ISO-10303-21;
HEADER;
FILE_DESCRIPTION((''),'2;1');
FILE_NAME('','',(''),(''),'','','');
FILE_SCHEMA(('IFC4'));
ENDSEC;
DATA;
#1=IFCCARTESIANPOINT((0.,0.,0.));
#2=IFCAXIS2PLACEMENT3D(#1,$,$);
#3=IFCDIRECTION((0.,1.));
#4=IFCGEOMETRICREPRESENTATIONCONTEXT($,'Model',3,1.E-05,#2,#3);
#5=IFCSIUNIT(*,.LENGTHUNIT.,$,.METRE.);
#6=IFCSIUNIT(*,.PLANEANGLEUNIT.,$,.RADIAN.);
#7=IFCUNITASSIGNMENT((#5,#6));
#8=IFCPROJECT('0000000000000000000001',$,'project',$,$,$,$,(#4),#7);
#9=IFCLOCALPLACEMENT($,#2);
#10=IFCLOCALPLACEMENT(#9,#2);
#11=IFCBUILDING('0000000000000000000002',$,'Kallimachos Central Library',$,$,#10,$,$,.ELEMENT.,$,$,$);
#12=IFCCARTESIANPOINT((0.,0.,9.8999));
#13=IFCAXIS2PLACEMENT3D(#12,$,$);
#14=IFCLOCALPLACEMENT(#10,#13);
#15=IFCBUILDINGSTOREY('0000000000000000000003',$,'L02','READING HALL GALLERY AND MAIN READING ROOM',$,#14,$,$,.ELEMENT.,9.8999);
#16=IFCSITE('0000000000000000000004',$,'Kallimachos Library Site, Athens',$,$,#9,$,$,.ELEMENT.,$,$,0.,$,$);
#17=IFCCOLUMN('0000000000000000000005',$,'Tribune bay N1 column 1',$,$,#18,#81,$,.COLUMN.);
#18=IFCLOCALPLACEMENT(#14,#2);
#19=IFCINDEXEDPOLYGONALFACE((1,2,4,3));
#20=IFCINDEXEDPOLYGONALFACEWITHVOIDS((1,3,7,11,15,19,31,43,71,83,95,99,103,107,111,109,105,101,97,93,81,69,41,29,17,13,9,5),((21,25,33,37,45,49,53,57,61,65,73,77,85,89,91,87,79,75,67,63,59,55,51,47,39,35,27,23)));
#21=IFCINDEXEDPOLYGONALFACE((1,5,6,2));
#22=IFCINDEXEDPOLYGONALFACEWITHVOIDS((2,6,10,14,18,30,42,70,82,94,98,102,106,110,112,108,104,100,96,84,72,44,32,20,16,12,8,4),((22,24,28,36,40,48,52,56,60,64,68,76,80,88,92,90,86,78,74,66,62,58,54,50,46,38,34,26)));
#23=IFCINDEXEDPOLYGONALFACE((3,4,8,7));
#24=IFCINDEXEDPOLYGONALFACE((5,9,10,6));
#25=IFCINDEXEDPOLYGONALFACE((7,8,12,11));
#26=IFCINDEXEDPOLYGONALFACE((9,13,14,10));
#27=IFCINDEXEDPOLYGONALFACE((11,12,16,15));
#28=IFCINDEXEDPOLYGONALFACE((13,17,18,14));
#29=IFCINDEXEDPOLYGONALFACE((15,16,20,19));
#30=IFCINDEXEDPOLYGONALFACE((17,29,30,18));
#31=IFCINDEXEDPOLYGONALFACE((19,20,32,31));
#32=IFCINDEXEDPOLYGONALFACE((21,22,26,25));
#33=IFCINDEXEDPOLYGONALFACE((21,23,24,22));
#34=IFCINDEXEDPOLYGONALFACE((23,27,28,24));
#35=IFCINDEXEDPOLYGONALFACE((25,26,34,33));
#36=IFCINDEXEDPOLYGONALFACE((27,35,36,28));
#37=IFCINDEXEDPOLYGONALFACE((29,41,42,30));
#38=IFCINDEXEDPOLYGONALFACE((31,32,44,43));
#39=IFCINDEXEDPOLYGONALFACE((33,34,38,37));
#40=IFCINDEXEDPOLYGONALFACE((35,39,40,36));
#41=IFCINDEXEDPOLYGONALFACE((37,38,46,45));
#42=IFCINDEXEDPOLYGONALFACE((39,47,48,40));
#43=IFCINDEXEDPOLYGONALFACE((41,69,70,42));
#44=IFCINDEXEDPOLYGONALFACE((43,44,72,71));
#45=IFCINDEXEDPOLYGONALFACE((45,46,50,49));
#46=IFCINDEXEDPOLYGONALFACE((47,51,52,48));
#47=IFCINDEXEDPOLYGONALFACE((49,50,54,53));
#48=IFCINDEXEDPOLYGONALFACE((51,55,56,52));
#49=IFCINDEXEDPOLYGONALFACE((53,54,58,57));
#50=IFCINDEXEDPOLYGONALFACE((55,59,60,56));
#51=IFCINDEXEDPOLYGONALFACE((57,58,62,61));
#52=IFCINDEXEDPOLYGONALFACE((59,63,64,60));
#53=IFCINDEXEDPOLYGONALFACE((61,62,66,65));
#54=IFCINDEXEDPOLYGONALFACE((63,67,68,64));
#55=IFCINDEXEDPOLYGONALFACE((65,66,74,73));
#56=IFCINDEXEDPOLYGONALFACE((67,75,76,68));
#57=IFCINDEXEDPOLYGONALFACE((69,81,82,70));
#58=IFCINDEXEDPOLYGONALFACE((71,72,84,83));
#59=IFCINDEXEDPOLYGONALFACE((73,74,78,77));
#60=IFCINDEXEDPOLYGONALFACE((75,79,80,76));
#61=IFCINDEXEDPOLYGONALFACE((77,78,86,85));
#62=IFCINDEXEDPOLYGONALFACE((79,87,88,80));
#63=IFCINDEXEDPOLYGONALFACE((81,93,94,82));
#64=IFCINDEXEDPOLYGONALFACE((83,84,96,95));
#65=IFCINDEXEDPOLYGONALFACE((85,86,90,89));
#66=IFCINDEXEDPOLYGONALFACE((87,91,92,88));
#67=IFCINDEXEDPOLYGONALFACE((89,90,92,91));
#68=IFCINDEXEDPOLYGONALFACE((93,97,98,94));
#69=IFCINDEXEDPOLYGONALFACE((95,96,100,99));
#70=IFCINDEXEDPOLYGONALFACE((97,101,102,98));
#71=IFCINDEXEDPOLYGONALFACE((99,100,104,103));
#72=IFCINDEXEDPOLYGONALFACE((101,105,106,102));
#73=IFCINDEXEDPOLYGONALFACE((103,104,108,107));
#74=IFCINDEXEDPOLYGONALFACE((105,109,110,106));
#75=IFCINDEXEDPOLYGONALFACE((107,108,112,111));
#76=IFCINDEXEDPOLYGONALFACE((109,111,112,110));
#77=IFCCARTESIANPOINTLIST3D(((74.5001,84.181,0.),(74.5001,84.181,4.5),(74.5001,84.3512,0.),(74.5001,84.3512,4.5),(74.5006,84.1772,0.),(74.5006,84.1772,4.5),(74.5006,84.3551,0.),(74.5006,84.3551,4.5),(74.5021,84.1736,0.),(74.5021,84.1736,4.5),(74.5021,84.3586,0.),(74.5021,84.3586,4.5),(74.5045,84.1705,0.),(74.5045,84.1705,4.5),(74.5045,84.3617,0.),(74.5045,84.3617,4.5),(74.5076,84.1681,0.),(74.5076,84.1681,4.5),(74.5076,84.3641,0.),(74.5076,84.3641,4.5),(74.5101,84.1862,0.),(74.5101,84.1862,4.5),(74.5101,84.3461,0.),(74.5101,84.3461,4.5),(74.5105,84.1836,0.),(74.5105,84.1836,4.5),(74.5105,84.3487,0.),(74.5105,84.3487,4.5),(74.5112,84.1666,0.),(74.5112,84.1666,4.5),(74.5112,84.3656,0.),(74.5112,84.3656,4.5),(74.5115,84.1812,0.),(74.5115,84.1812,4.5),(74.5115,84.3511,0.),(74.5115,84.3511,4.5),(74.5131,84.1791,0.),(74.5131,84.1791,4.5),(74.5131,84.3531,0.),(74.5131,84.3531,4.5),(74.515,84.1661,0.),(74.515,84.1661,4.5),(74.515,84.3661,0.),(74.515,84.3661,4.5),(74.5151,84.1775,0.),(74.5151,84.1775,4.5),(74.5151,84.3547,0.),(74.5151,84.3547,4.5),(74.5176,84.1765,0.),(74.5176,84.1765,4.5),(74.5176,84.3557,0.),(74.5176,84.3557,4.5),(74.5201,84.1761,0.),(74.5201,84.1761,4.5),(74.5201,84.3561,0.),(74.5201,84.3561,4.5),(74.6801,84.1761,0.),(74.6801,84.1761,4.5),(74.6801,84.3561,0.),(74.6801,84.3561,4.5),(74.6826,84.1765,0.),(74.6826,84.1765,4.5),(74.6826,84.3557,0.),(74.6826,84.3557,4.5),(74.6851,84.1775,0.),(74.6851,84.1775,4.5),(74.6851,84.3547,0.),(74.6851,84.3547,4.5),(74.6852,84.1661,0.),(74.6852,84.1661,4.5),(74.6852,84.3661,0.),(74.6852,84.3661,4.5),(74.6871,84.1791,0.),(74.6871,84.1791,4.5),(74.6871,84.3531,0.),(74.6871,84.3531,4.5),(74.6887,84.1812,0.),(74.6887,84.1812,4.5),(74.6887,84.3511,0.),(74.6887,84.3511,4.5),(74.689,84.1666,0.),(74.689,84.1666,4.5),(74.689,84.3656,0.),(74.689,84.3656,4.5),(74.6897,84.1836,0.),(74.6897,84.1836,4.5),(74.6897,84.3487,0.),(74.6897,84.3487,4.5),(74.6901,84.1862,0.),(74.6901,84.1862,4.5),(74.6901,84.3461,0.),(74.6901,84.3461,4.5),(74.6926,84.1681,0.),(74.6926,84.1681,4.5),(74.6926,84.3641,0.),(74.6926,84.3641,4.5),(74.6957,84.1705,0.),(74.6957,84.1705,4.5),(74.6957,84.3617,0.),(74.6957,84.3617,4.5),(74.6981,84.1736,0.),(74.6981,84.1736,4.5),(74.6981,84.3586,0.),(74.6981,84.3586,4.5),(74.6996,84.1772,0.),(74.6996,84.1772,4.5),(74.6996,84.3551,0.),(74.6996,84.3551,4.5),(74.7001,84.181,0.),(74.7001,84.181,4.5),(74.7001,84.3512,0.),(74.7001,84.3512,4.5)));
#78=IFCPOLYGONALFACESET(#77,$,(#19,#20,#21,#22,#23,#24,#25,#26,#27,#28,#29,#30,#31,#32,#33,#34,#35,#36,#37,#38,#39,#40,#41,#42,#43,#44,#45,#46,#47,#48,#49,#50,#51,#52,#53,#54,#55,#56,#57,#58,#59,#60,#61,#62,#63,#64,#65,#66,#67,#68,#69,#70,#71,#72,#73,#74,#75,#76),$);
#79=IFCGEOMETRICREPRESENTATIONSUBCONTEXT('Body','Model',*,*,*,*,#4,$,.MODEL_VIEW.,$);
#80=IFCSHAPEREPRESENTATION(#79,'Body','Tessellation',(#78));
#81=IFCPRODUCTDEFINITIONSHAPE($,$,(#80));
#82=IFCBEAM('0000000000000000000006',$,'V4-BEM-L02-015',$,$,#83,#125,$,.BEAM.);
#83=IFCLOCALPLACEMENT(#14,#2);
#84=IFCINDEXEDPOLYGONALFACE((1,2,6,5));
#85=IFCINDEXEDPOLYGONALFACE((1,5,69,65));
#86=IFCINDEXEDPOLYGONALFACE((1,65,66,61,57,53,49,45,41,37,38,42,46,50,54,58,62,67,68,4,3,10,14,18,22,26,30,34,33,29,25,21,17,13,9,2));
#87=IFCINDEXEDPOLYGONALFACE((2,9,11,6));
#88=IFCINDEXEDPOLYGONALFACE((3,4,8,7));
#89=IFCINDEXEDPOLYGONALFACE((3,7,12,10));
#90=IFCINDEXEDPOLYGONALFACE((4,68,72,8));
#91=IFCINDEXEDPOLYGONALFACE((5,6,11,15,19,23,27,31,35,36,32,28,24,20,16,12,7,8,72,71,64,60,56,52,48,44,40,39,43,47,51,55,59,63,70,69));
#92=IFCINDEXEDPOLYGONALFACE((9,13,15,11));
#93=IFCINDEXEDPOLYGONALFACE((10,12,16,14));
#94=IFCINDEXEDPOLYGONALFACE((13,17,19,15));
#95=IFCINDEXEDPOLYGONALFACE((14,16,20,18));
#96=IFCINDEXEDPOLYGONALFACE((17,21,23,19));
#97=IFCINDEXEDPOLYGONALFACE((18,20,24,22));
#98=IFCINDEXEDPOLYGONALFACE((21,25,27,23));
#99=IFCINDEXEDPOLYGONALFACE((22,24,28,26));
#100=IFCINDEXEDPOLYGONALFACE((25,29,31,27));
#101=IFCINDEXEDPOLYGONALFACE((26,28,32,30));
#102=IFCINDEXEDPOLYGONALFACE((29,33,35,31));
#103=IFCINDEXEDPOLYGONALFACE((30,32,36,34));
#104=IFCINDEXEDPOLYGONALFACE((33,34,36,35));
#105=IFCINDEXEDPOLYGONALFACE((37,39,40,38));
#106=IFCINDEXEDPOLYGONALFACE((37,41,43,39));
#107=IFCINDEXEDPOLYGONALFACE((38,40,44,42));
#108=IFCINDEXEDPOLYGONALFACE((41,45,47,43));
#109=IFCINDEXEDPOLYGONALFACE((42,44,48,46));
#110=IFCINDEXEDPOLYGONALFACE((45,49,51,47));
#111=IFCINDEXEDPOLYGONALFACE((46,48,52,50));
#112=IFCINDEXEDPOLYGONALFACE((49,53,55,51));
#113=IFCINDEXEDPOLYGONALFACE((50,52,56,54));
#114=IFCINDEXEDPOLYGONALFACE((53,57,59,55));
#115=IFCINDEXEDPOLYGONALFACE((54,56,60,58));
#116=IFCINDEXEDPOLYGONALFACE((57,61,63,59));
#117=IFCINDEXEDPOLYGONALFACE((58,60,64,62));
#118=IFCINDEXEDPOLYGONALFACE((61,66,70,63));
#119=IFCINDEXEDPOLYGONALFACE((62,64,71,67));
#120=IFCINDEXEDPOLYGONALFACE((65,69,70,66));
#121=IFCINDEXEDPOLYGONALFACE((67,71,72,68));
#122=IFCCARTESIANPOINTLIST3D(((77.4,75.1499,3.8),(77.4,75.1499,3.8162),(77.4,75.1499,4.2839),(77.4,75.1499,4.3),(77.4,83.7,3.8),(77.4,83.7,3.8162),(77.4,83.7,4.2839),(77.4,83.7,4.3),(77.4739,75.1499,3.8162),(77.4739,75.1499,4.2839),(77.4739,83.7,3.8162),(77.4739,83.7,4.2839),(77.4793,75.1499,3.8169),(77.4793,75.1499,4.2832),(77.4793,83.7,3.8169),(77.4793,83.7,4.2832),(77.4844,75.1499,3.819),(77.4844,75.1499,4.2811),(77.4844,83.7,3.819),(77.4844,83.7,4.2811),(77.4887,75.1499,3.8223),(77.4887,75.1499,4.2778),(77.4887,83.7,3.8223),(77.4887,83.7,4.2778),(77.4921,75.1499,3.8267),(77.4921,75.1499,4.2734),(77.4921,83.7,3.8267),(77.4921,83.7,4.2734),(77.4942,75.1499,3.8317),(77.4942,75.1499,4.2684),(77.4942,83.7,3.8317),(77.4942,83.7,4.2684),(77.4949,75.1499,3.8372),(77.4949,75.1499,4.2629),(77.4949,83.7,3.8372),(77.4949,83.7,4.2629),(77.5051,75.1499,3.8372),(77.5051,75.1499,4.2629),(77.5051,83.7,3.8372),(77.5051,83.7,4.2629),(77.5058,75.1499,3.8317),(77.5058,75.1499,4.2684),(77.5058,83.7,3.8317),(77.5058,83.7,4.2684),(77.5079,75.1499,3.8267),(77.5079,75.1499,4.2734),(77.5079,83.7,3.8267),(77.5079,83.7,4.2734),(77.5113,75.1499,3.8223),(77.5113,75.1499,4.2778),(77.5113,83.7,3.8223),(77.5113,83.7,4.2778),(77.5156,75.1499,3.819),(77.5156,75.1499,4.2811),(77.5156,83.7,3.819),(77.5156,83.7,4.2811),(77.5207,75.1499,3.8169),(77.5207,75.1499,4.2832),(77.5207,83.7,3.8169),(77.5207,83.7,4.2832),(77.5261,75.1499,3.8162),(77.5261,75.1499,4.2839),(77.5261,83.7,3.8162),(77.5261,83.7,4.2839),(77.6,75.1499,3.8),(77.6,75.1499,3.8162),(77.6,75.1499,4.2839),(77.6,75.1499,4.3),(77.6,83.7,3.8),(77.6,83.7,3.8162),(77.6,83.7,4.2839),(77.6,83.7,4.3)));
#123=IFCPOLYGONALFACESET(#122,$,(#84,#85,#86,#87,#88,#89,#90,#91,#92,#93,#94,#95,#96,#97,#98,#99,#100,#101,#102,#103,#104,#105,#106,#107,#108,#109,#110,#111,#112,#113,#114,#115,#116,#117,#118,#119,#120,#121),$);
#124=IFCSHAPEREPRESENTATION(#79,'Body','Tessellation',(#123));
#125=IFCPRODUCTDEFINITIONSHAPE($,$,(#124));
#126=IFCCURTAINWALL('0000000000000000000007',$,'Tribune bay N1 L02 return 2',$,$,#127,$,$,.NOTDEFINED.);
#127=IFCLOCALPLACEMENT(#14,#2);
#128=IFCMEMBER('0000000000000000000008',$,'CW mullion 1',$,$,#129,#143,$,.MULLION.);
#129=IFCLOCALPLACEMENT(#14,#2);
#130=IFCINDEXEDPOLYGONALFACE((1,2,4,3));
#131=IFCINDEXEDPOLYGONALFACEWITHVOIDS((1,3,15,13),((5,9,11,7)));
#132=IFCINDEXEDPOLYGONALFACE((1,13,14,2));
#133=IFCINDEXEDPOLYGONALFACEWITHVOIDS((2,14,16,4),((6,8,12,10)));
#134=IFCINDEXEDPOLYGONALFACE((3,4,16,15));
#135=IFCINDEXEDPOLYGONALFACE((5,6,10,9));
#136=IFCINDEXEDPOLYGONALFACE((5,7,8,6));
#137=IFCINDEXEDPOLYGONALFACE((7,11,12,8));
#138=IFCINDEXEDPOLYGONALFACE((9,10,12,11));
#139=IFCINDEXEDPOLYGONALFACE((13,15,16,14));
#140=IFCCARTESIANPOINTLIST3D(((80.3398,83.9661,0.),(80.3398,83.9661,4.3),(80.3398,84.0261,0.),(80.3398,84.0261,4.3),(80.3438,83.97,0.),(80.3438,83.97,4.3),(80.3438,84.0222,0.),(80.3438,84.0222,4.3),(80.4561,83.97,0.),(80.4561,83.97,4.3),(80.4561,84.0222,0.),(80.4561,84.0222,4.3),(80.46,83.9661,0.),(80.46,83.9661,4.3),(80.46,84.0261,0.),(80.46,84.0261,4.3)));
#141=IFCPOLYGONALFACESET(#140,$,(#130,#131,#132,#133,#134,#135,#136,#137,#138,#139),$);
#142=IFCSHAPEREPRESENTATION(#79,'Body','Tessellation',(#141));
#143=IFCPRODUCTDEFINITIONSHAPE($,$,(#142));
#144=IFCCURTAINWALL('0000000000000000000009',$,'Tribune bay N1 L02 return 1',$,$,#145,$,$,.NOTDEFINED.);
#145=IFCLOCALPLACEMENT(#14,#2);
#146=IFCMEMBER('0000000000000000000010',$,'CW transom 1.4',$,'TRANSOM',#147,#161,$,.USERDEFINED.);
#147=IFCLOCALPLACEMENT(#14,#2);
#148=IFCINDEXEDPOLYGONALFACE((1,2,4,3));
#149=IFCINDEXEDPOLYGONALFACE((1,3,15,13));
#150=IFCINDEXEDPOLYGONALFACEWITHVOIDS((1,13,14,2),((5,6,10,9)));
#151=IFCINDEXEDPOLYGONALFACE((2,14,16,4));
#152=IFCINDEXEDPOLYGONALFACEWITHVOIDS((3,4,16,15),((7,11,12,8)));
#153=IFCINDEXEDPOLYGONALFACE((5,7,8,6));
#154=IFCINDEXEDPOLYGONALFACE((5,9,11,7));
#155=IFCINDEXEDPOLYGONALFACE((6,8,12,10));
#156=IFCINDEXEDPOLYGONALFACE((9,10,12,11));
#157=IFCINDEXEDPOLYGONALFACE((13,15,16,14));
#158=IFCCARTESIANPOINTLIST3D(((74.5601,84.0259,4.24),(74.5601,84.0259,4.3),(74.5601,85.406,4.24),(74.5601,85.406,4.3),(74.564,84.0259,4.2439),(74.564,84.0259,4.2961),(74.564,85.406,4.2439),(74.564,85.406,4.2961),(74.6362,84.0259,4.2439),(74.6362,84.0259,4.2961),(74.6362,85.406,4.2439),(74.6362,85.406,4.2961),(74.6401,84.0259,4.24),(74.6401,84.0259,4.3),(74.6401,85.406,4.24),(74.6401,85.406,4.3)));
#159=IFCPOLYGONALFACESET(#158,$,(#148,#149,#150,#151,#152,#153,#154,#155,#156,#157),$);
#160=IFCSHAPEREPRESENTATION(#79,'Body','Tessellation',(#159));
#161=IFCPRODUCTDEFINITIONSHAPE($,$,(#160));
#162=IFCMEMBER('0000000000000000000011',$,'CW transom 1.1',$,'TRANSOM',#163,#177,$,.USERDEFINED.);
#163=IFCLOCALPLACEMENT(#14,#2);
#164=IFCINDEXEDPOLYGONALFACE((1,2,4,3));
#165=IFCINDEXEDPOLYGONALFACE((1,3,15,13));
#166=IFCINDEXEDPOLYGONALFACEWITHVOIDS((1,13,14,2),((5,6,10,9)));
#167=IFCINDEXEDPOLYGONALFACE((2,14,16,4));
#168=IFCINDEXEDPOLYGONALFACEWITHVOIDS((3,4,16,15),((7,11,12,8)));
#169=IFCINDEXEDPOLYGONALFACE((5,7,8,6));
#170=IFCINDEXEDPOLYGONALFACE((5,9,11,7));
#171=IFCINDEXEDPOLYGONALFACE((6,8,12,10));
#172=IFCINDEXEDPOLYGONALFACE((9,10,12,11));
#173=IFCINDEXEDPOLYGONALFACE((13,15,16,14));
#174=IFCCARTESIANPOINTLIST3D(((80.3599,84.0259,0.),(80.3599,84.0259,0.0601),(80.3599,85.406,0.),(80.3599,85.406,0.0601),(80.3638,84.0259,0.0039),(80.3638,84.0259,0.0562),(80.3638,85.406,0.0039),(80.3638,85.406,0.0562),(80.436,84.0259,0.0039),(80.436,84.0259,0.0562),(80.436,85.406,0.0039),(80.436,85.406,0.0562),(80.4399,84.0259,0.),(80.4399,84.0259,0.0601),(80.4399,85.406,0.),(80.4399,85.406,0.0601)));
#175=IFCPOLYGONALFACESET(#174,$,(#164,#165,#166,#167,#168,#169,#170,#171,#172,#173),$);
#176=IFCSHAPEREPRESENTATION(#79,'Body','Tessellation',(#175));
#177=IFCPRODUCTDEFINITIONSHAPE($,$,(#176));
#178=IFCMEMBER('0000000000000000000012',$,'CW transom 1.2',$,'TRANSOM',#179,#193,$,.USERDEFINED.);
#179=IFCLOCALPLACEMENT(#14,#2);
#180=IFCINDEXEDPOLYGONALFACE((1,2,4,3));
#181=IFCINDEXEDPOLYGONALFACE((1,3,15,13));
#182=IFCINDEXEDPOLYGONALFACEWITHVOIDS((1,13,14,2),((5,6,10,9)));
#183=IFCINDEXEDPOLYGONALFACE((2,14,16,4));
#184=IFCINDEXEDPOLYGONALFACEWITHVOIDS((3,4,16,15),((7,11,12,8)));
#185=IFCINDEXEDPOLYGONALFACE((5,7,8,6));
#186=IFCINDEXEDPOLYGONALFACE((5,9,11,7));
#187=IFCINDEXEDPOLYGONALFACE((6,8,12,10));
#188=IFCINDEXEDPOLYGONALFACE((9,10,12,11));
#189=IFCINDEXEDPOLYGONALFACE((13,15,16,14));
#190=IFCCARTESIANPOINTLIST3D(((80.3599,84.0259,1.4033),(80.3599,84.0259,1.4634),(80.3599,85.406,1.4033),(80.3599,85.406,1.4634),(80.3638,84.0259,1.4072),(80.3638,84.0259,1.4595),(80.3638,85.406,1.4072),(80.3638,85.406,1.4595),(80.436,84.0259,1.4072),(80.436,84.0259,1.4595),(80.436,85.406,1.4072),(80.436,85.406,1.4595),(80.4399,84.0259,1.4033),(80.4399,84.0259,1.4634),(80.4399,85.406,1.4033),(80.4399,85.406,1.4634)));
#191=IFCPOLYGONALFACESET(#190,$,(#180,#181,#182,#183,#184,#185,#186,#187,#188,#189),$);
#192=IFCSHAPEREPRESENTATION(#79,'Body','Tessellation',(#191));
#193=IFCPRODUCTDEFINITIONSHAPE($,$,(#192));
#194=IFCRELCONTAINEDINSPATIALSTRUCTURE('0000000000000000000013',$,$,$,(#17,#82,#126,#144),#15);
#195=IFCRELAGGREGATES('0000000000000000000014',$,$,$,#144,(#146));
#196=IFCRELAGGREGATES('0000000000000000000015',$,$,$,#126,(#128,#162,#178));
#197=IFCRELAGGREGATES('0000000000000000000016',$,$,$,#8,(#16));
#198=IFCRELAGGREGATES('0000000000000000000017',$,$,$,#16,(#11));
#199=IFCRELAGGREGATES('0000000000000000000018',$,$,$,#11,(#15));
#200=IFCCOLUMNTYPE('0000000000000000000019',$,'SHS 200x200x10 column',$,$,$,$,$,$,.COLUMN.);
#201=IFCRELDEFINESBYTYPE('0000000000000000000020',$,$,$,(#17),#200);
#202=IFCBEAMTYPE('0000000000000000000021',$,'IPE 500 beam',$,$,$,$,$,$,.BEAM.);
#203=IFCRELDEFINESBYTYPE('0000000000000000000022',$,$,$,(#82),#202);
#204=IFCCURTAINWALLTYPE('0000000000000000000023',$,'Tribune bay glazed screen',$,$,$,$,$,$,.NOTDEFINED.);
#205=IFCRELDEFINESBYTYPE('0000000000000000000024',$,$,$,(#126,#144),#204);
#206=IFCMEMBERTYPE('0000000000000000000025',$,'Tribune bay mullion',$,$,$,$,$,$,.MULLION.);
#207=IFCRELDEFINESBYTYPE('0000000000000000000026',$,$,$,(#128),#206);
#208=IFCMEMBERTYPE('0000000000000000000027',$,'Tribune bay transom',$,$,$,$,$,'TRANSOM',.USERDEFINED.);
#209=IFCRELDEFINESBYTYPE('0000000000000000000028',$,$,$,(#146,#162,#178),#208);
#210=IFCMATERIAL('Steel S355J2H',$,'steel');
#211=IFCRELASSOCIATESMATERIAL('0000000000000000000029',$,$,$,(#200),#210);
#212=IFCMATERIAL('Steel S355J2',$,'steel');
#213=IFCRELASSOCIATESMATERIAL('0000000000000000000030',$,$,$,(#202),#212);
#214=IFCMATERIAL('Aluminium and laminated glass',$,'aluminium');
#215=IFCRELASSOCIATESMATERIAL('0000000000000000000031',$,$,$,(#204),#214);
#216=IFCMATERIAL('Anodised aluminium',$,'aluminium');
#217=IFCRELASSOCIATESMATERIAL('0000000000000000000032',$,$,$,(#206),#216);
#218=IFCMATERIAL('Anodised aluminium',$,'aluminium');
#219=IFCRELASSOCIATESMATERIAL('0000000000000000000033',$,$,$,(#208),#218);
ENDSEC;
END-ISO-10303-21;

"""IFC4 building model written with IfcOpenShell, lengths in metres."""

from ifc_helpers import new_model, si_unit, direction, frame, origin, origin_2d, place, context, subcontext, project, spatial, hollow_rectangle, i_section, extrude, material, material_profile, profile_set, type_object, element, aggregate, save


model = new_model("IFC4")

# Units and contexts
model_context = context("Model", 3, precision=1e-05, world=origin(), true_north=direction((0.0, 1.0)))
body_context = subcontext(model_context, "Body", "Model", "MODEL_VIEW")
ifc_project = project(units=[si_unit("LENGTHUNIT", "METRE"), si_unit("PLANEANGLEUNIT", "RADIAN")], contexts=[model_context])

# Site, building, storey
site_placement = place(None, origin())
site = spatial("IfcSite", under=ifc_project, at=site_placement, Name="Kallimachos Library Site, Athens", CompositionType="ELEMENT", RefElevation=0.0)
building_placement = place(site_placement, origin())
building = spatial("IfcBuilding", under=site, at=building_placement, Name="Kallimachos Central Library", CompositionType="ELEMENT")
storey_placement = place(building_placement, frame((0.0, 0.0, 9.8999)))
storey = spatial("IfcBuildingStorey", under=building, at=storey_placement, Name="L02", Description="READING HALL GALLERY AND MAIN READING ROOM", CompositionType="ELEMENT", Elevation=9.8999)

# Column
ifc_material_1 = material(Name="Steel S355J2H", Category="steel")
ifc_material_profile_1 = material_profile(ifc_material_1, hollow_rectangle(XDim=0.2, YDim=0.2, WallThickness=0.01, InnerFilletRadius=0.01, OuterFilletRadius=0.0149, at=origin_2d()), Name="SHS 200x200x10")
ifc_profile_set_1 = profile_set([ifc_material_profile_1], Name="Steel S355J2H")
column_type = type_object("IfcColumnType", Name="SHS 200x200x10 column", PredefinedType="COLUMN", material=ifc_profile_set_1)
column_placement = place(storey_placement, frame((74.6001, 84.2661, 0.0), z_axis=(0.0, 0.0, 1.0), x_axis=(1.0, 0.0, 0.0)))
element("IfcColumn", 1, at=column_placement, inside=storey, type_object=column_type, Name="Tribune bay N1 column 1", PredefinedType="COLUMN", context=body_context, shape_type="SweptSolid", body=[
    extrude(hollow_rectangle(XDim=0.2, YDim=0.2, WallThickness=0.01, InnerFilletRadius=0.01, OuterFilletRadius=0.0149, at=origin_2d()), origin(), (0.0, 0.0, 1.0), 4.5),
])

# Beam
ifc_material_2 = material(Name="Steel S355J2", Category="steel")
ifc_material_profile_2 = material_profile(ifc_material_2, i_section(OverallWidth=0.2, OverallDepth=0.5, WebThickness=0.0103, FlangeThickness=0.0161, FilletRadius=0.021, at=origin_2d()), Name="IPE 500")
ifc_profile_set_2 = profile_set([ifc_material_profile_2], Name="Steel S355J2")
beam_type = type_object("IfcBeamType", Name="IPE 500 beam", PredefinedType="BEAM", material=ifc_profile_set_2)
beam_placement = place(storey_placement, frame((77.5, 75.1499, 4.05), z_axis=(0.0, 1.0, 0.0), x_axis=(-1.0, 0.0, 0.0)))
element("IfcBeam", 2, at=beam_placement, inside=storey, type_object=beam_type, Name="V4-BEM-L02-015", PredefinedType="BEAM", context=body_context, shape_type="SweptSolid", body=[
    extrude(i_section(OverallWidth=0.2, OverallDepth=0.5, WebThickness=0.0103, FlangeThickness=0.0161, FilletRadius=0.021, at=origin_2d()), origin(), (0.0, 0.0, 1.0), 8.55),
])

# Curtain walls, members
ifc_material_3 = material(Name="Aluminium and laminated glass", Category="aluminium")
curtain_wall_type = type_object("IfcCurtainWallType", Name="Tribune bay glazed screen", PredefinedType="NOTDEFINED", material=ifc_material_3)
curtain_wall_1_placement = place(storey_placement, origin())
curtain_wall_1 = element("IfcCurtainWall", 3, at=curtain_wall_1_placement, inside=storey, type_object=curtain_wall_type, Name="Tribune bay N1 L02 return 2", PredefinedType="NOTDEFINED")
ifc_material_4 = material(Name="Anodised aluminium", Category="aluminium")
ifc_material_profile_3 = material_profile(ifc_material_4, hollow_rectangle(XDim=0.0601, YDim=0.1201, WallThickness=0.0039, at=origin_2d()), Name="ALU MULLION 60x120")
ifc_profile_set_3 = profile_set([ifc_material_profile_3], Name="Anodised aluminium")
member_type_1 = type_object("IfcMemberType", Name="Tribune bay mullion", PredefinedType="MULLION", material=ifc_profile_set_3)
member_1_placement = place(storey_placement, frame((80.3999, 83.9961, 0.0), z_axis=(0.0, 0.0, 1.0), x_axis=(0.0, 1.0, 0.0)))
member_1 = element("IfcMember", 4, at=member_1_placement, type_object=member_type_1, Name="CW mullion 1", PredefinedType="MULLION", context=body_context, shape_type="SweptSolid", body=[
    extrude(hollow_rectangle(XDim=0.0601, YDim=0.1201, WallThickness=0.0039, at=origin_2d()), origin(), (0.0, 0.0, 1.0), 4.3),
])
curtain_wall_2_placement = place(storey_placement, origin())
curtain_wall_2 = element("IfcCurtainWall", 5, at=curtain_wall_2_placement, inside=storey, type_object=curtain_wall_type, Name="Tribune bay N1 L02 return 1", PredefinedType="NOTDEFINED")
ifc_material_5 = material(Name="Anodised aluminium", Category="aluminium")
ifc_material_profile_4 = material_profile(ifc_material_5, hollow_rectangle(XDim=0.0601, YDim=0.0801, WallThickness=0.0039, at=origin_2d()), Name="ALU TRANSOM 60x80")
ifc_profile_set_4 = profile_set([ifc_material_profile_4], Name="Anodised aluminium")
member_type_2 = type_object("IfcMemberType", Name="Tribune bay transom", ElementType="TRANSOM", PredefinedType="USERDEFINED", material=ifc_profile_set_4)
member_2_placement = place(storey_placement, frame((74.6001, 84.0259, 4.27), z_axis=(0.0, 1.0, 0.0), x_axis=(0.0, 0.0, 1.0)))
member_2 = element("IfcMember", 6, at=member_2_placement, type_object=member_type_2, Name="CW transom 1.4", ObjectType="TRANSOM", PredefinedType="USERDEFINED", context=body_context, shape_type="SweptSolid", body=[
    extrude(hollow_rectangle(XDim=0.0601, YDim=0.0801, WallThickness=0.0039, at=origin_2d()), origin(), (0.0, 0.0, 1.0), 1.3801),
])
aggregate(curtain_wall_2, [member_2])

# Members
member_3_placement = place(storey_placement, frame((80.3999, 84.0259, 0.03), z_axis=(0.0, 1.0, 0.0), x_axis=(0.0, 0.0, 1.0)))
member_3 = element("IfcMember", 7, at=member_3_placement, type_object=member_type_2, Name="CW transom 1.1", ObjectType="TRANSOM", PredefinedType="USERDEFINED", context=body_context, shape_type="SweptSolid", body=[
    extrude(hollow_rectangle(XDim=0.0601, YDim=0.0801, WallThickness=0.0039, at=origin_2d()), origin(), (0.0, 0.0, 1.0), 1.3801),
])
member_4_placement = place(storey_placement, frame((80.3999, 84.0259, 1.4333), z_axis=(0.0, 1.0, 0.0), x_axis=(0.0, 0.0, 1.0)))
member_4 = element("IfcMember", 8, at=member_4_placement, type_object=member_type_2, Name="CW transom 1.2", ObjectType="TRANSOM", PredefinedType="USERDEFINED", context=body_context, shape_type="SweptSolid", body=[
    extrude(hollow_rectangle(XDim=0.0601, YDim=0.0801, WallThickness=0.0039, at=origin_2d()), origin(), (0.0, 0.0, 1.0), 1.3801),
])
aggregate(curtain_wall_1, [member_1, member_3, member_4])

save(model, "model.ifc")
